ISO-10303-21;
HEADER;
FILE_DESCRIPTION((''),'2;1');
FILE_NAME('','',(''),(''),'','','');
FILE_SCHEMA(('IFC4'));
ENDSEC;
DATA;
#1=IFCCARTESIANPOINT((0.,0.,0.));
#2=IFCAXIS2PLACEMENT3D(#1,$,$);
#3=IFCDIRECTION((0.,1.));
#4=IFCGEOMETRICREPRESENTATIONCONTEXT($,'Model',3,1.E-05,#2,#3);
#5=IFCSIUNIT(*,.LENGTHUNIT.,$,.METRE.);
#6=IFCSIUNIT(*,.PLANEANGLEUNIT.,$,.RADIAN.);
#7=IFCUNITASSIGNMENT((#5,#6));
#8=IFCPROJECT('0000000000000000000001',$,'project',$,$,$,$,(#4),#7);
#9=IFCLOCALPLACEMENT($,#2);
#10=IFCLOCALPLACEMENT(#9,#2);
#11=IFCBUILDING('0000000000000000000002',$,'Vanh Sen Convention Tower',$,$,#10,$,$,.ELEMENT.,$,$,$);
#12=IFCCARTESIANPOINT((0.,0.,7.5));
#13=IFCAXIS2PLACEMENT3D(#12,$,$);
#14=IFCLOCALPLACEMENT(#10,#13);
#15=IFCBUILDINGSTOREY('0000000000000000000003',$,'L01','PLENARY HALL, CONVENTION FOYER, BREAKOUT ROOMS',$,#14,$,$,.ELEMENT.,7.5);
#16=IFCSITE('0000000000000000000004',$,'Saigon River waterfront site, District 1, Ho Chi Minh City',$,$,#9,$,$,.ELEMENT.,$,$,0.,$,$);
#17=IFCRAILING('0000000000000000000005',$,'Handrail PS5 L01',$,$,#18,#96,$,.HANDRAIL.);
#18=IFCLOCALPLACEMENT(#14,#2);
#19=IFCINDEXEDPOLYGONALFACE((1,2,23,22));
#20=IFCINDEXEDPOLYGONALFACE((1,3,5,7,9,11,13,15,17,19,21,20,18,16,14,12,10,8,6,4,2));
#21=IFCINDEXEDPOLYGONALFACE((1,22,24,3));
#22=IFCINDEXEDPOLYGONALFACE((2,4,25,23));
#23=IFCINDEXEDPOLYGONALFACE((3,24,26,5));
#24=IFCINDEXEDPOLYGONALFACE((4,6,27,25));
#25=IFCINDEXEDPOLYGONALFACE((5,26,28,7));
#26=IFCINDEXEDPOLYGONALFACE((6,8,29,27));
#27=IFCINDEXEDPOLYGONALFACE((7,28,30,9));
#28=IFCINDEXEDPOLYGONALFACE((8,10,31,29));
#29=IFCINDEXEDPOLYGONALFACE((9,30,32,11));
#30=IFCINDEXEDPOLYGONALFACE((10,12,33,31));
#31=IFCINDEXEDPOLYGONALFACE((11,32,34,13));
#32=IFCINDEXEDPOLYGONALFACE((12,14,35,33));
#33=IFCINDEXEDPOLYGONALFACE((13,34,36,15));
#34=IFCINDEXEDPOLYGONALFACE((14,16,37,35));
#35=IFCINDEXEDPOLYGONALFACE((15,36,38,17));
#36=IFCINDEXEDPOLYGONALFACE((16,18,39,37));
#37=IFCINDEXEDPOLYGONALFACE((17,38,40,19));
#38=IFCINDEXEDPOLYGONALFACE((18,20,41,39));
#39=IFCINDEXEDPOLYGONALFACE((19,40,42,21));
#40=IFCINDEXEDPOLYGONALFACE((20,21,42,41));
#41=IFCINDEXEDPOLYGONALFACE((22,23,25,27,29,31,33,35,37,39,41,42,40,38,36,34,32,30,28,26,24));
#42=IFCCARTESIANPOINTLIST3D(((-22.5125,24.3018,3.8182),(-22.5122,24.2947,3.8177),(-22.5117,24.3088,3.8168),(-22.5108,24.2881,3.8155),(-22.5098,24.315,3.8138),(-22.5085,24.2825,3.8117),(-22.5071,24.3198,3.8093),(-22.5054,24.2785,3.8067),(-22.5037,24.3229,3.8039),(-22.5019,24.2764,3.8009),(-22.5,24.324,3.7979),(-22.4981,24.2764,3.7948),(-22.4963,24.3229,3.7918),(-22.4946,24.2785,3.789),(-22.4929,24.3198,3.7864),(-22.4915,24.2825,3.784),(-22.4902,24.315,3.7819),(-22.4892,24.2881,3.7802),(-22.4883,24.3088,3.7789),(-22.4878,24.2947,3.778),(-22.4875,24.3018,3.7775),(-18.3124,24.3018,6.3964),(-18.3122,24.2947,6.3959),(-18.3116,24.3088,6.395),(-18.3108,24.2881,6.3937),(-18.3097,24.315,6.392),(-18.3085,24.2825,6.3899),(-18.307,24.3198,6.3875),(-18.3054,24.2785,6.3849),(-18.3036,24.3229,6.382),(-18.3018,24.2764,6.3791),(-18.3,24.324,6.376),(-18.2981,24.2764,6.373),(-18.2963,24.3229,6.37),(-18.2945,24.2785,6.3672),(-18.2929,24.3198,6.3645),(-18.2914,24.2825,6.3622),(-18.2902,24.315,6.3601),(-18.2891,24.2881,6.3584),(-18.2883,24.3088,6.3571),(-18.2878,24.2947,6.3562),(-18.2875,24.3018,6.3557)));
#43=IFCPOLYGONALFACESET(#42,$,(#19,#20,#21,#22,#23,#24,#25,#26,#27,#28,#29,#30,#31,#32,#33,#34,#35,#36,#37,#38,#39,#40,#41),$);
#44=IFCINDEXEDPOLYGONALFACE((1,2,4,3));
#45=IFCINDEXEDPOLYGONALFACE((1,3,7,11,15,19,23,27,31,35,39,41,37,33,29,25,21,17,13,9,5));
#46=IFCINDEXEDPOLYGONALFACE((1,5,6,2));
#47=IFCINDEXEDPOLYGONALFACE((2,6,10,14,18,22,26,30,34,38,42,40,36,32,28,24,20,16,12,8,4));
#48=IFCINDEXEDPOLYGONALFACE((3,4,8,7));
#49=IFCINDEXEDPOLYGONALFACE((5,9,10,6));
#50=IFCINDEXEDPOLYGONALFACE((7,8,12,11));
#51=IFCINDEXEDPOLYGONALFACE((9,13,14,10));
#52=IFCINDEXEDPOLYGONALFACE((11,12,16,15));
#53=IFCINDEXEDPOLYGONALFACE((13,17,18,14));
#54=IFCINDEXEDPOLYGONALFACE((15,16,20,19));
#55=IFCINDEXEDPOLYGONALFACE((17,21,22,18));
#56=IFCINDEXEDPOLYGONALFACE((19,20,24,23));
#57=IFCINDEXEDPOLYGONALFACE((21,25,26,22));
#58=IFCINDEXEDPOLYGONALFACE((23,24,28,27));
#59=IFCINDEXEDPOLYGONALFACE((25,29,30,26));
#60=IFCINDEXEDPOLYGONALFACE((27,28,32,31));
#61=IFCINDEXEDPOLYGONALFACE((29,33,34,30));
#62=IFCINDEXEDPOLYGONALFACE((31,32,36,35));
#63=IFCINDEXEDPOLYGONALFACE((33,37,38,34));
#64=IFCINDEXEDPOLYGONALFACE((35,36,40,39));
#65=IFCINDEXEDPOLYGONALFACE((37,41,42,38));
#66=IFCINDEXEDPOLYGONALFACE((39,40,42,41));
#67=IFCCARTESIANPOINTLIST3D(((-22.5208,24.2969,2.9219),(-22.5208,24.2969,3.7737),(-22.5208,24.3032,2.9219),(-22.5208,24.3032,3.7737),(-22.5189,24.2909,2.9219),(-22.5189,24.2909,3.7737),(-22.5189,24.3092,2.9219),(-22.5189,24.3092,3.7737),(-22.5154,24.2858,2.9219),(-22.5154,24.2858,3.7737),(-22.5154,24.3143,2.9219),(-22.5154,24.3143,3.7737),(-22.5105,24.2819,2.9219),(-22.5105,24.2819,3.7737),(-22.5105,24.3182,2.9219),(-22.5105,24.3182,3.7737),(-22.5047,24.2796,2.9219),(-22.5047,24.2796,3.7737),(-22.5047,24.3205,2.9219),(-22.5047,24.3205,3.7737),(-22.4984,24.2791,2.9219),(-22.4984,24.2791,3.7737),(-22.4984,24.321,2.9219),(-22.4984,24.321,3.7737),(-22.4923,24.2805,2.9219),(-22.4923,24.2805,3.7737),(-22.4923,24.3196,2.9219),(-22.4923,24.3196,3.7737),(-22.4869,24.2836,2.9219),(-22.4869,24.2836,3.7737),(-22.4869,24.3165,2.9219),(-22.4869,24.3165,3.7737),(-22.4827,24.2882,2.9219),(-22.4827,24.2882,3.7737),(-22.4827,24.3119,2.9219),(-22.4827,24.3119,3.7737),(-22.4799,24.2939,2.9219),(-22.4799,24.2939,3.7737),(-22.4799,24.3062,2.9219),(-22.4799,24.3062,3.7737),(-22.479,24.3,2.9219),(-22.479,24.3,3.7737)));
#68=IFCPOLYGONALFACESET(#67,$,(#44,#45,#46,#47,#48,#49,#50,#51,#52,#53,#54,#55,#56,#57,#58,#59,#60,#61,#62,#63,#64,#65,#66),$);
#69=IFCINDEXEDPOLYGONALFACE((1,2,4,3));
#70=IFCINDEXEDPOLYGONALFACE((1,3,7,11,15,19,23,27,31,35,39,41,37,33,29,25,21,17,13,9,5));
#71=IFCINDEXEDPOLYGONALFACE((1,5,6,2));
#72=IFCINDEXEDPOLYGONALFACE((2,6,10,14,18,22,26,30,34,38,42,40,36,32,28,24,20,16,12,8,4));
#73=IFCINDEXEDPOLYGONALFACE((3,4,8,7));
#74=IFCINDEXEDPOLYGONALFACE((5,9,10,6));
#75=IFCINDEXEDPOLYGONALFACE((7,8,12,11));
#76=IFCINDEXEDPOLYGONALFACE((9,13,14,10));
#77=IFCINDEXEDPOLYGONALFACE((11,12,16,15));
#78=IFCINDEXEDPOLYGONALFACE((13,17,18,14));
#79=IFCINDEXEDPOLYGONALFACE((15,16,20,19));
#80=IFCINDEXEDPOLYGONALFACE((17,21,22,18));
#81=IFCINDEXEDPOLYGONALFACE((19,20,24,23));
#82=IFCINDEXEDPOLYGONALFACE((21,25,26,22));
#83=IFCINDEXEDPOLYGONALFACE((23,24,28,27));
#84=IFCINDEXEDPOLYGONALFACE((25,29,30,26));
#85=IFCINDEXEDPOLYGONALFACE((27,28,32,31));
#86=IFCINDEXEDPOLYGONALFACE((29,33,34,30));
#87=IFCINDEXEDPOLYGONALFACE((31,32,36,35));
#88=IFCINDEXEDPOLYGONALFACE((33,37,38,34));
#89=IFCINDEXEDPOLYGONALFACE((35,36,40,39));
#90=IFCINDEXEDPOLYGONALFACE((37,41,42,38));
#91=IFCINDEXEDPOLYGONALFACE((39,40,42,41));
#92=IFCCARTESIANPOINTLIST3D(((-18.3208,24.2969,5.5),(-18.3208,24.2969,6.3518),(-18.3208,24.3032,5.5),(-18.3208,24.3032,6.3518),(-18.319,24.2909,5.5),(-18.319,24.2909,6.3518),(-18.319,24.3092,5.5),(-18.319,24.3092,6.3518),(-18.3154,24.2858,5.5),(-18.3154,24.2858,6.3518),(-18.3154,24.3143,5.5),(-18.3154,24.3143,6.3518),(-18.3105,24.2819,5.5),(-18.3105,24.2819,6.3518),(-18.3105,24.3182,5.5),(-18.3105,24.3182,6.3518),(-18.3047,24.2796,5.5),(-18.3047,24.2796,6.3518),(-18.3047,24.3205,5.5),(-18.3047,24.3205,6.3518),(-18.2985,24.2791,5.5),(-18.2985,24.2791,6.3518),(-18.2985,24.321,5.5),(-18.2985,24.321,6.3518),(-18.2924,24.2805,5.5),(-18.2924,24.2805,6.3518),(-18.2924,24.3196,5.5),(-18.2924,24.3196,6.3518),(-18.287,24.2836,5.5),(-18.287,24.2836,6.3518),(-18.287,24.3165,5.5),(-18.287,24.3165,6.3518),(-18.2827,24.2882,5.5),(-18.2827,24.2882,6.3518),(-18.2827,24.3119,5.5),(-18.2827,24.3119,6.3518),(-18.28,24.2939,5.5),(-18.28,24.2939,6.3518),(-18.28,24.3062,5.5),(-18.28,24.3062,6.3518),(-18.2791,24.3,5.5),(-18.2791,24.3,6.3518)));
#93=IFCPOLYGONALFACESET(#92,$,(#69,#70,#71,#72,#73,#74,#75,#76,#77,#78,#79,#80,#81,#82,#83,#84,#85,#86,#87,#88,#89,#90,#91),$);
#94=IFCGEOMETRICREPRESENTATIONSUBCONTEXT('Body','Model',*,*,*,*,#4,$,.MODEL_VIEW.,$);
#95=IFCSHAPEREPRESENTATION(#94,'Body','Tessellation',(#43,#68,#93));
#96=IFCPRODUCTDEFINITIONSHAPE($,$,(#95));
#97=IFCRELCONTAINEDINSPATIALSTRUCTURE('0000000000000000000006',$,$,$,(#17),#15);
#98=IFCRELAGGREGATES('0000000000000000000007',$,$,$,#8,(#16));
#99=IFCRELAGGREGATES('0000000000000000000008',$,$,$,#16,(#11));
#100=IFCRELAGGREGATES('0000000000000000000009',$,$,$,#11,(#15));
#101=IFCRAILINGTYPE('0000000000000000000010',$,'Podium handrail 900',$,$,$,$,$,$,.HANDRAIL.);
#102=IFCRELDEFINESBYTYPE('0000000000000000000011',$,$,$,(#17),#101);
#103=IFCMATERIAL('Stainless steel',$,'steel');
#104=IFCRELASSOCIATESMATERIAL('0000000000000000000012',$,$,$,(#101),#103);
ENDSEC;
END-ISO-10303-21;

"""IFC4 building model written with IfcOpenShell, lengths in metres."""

from ifc_helpers import new_model, si_unit, direction, frame, origin, origin_2d, place, context, subcontext, project, spatial, circle, extrude, material, type_object, element, save


model = new_model("IFC4")

# Units and contexts
model_context = context("Model", 3, precision=1e-05, world=origin(), true_north=direction((0.0, 1.0)))
body_context = subcontext(model_context, "Body", "Model", "MODEL_VIEW")
ifc_project = project(units=[si_unit("LENGTHUNIT", "METRE"), si_unit("PLANEANGLEUNIT", "RADIAN")], contexts=[model_context])

# Site, building, storey
site_placement = place(None, origin())
site = spatial("IfcSite", under=ifc_project, at=site_placement, Name="Saigon River waterfront site, District 1, Ho Chi Minh City", CompositionType="ELEMENT", RefElevation=0.0)
building_placement = place(site_placement, origin())
building = spatial("IfcBuilding", under=site, at=building_placement, Name="Vanh Sen Convention Tower", CompositionType="ELEMENT")
storey_placement = place(building_placement, frame((0.0, 0.0, 7.5)))
storey = spatial("IfcBuildingStorey", under=building, at=storey_placement, Name="L01", Description="PLENARY HALL, CONVENTION FOYER, BREAKOUT ROOMS", CompositionType="ELEMENT", Elevation=7.5)

# Railing
ifc_material_1 = material(Name="Stainless steel", Category="steel")
railing_type = type_object("IfcRailingType", Name="Podium handrail 900", PredefinedType="HANDRAIL", material=ifc_material_1)
for number, where, name in (
    (1, (-22.5, 24.3, 2.9219), "Handrail PS5 L01"),
):
    element("IfcRailing", number, at=place(storey_placement, frame(where)), inside=storey, type_object=railing_type, Name=name, PredefinedType="HANDRAIL", context=body_context, shape_type="SweptSolid", body=[
        extrude(circle(Radius=0.0239, at=origin_2d()), frame((0.0, 0.0, 0.876), z_axis=(0.852243, 0.0, 0.523146), x_axis=(0.0, 1.0, 0.0)), (0.0, 0.0, 1.0), 4.9282),
        extrude(circle(Radius=0.021, at=origin_2d()), origin(), (0.0, 0.0, 1.0), 0.8518),
        extrude(circle(Radius=0.021, at=origin_2d()), frame((4.2, 0.0, 2.5781)), (0.0, 0.0, 1.0), 0.8518),
    ])

save(model, "model.ifc")
